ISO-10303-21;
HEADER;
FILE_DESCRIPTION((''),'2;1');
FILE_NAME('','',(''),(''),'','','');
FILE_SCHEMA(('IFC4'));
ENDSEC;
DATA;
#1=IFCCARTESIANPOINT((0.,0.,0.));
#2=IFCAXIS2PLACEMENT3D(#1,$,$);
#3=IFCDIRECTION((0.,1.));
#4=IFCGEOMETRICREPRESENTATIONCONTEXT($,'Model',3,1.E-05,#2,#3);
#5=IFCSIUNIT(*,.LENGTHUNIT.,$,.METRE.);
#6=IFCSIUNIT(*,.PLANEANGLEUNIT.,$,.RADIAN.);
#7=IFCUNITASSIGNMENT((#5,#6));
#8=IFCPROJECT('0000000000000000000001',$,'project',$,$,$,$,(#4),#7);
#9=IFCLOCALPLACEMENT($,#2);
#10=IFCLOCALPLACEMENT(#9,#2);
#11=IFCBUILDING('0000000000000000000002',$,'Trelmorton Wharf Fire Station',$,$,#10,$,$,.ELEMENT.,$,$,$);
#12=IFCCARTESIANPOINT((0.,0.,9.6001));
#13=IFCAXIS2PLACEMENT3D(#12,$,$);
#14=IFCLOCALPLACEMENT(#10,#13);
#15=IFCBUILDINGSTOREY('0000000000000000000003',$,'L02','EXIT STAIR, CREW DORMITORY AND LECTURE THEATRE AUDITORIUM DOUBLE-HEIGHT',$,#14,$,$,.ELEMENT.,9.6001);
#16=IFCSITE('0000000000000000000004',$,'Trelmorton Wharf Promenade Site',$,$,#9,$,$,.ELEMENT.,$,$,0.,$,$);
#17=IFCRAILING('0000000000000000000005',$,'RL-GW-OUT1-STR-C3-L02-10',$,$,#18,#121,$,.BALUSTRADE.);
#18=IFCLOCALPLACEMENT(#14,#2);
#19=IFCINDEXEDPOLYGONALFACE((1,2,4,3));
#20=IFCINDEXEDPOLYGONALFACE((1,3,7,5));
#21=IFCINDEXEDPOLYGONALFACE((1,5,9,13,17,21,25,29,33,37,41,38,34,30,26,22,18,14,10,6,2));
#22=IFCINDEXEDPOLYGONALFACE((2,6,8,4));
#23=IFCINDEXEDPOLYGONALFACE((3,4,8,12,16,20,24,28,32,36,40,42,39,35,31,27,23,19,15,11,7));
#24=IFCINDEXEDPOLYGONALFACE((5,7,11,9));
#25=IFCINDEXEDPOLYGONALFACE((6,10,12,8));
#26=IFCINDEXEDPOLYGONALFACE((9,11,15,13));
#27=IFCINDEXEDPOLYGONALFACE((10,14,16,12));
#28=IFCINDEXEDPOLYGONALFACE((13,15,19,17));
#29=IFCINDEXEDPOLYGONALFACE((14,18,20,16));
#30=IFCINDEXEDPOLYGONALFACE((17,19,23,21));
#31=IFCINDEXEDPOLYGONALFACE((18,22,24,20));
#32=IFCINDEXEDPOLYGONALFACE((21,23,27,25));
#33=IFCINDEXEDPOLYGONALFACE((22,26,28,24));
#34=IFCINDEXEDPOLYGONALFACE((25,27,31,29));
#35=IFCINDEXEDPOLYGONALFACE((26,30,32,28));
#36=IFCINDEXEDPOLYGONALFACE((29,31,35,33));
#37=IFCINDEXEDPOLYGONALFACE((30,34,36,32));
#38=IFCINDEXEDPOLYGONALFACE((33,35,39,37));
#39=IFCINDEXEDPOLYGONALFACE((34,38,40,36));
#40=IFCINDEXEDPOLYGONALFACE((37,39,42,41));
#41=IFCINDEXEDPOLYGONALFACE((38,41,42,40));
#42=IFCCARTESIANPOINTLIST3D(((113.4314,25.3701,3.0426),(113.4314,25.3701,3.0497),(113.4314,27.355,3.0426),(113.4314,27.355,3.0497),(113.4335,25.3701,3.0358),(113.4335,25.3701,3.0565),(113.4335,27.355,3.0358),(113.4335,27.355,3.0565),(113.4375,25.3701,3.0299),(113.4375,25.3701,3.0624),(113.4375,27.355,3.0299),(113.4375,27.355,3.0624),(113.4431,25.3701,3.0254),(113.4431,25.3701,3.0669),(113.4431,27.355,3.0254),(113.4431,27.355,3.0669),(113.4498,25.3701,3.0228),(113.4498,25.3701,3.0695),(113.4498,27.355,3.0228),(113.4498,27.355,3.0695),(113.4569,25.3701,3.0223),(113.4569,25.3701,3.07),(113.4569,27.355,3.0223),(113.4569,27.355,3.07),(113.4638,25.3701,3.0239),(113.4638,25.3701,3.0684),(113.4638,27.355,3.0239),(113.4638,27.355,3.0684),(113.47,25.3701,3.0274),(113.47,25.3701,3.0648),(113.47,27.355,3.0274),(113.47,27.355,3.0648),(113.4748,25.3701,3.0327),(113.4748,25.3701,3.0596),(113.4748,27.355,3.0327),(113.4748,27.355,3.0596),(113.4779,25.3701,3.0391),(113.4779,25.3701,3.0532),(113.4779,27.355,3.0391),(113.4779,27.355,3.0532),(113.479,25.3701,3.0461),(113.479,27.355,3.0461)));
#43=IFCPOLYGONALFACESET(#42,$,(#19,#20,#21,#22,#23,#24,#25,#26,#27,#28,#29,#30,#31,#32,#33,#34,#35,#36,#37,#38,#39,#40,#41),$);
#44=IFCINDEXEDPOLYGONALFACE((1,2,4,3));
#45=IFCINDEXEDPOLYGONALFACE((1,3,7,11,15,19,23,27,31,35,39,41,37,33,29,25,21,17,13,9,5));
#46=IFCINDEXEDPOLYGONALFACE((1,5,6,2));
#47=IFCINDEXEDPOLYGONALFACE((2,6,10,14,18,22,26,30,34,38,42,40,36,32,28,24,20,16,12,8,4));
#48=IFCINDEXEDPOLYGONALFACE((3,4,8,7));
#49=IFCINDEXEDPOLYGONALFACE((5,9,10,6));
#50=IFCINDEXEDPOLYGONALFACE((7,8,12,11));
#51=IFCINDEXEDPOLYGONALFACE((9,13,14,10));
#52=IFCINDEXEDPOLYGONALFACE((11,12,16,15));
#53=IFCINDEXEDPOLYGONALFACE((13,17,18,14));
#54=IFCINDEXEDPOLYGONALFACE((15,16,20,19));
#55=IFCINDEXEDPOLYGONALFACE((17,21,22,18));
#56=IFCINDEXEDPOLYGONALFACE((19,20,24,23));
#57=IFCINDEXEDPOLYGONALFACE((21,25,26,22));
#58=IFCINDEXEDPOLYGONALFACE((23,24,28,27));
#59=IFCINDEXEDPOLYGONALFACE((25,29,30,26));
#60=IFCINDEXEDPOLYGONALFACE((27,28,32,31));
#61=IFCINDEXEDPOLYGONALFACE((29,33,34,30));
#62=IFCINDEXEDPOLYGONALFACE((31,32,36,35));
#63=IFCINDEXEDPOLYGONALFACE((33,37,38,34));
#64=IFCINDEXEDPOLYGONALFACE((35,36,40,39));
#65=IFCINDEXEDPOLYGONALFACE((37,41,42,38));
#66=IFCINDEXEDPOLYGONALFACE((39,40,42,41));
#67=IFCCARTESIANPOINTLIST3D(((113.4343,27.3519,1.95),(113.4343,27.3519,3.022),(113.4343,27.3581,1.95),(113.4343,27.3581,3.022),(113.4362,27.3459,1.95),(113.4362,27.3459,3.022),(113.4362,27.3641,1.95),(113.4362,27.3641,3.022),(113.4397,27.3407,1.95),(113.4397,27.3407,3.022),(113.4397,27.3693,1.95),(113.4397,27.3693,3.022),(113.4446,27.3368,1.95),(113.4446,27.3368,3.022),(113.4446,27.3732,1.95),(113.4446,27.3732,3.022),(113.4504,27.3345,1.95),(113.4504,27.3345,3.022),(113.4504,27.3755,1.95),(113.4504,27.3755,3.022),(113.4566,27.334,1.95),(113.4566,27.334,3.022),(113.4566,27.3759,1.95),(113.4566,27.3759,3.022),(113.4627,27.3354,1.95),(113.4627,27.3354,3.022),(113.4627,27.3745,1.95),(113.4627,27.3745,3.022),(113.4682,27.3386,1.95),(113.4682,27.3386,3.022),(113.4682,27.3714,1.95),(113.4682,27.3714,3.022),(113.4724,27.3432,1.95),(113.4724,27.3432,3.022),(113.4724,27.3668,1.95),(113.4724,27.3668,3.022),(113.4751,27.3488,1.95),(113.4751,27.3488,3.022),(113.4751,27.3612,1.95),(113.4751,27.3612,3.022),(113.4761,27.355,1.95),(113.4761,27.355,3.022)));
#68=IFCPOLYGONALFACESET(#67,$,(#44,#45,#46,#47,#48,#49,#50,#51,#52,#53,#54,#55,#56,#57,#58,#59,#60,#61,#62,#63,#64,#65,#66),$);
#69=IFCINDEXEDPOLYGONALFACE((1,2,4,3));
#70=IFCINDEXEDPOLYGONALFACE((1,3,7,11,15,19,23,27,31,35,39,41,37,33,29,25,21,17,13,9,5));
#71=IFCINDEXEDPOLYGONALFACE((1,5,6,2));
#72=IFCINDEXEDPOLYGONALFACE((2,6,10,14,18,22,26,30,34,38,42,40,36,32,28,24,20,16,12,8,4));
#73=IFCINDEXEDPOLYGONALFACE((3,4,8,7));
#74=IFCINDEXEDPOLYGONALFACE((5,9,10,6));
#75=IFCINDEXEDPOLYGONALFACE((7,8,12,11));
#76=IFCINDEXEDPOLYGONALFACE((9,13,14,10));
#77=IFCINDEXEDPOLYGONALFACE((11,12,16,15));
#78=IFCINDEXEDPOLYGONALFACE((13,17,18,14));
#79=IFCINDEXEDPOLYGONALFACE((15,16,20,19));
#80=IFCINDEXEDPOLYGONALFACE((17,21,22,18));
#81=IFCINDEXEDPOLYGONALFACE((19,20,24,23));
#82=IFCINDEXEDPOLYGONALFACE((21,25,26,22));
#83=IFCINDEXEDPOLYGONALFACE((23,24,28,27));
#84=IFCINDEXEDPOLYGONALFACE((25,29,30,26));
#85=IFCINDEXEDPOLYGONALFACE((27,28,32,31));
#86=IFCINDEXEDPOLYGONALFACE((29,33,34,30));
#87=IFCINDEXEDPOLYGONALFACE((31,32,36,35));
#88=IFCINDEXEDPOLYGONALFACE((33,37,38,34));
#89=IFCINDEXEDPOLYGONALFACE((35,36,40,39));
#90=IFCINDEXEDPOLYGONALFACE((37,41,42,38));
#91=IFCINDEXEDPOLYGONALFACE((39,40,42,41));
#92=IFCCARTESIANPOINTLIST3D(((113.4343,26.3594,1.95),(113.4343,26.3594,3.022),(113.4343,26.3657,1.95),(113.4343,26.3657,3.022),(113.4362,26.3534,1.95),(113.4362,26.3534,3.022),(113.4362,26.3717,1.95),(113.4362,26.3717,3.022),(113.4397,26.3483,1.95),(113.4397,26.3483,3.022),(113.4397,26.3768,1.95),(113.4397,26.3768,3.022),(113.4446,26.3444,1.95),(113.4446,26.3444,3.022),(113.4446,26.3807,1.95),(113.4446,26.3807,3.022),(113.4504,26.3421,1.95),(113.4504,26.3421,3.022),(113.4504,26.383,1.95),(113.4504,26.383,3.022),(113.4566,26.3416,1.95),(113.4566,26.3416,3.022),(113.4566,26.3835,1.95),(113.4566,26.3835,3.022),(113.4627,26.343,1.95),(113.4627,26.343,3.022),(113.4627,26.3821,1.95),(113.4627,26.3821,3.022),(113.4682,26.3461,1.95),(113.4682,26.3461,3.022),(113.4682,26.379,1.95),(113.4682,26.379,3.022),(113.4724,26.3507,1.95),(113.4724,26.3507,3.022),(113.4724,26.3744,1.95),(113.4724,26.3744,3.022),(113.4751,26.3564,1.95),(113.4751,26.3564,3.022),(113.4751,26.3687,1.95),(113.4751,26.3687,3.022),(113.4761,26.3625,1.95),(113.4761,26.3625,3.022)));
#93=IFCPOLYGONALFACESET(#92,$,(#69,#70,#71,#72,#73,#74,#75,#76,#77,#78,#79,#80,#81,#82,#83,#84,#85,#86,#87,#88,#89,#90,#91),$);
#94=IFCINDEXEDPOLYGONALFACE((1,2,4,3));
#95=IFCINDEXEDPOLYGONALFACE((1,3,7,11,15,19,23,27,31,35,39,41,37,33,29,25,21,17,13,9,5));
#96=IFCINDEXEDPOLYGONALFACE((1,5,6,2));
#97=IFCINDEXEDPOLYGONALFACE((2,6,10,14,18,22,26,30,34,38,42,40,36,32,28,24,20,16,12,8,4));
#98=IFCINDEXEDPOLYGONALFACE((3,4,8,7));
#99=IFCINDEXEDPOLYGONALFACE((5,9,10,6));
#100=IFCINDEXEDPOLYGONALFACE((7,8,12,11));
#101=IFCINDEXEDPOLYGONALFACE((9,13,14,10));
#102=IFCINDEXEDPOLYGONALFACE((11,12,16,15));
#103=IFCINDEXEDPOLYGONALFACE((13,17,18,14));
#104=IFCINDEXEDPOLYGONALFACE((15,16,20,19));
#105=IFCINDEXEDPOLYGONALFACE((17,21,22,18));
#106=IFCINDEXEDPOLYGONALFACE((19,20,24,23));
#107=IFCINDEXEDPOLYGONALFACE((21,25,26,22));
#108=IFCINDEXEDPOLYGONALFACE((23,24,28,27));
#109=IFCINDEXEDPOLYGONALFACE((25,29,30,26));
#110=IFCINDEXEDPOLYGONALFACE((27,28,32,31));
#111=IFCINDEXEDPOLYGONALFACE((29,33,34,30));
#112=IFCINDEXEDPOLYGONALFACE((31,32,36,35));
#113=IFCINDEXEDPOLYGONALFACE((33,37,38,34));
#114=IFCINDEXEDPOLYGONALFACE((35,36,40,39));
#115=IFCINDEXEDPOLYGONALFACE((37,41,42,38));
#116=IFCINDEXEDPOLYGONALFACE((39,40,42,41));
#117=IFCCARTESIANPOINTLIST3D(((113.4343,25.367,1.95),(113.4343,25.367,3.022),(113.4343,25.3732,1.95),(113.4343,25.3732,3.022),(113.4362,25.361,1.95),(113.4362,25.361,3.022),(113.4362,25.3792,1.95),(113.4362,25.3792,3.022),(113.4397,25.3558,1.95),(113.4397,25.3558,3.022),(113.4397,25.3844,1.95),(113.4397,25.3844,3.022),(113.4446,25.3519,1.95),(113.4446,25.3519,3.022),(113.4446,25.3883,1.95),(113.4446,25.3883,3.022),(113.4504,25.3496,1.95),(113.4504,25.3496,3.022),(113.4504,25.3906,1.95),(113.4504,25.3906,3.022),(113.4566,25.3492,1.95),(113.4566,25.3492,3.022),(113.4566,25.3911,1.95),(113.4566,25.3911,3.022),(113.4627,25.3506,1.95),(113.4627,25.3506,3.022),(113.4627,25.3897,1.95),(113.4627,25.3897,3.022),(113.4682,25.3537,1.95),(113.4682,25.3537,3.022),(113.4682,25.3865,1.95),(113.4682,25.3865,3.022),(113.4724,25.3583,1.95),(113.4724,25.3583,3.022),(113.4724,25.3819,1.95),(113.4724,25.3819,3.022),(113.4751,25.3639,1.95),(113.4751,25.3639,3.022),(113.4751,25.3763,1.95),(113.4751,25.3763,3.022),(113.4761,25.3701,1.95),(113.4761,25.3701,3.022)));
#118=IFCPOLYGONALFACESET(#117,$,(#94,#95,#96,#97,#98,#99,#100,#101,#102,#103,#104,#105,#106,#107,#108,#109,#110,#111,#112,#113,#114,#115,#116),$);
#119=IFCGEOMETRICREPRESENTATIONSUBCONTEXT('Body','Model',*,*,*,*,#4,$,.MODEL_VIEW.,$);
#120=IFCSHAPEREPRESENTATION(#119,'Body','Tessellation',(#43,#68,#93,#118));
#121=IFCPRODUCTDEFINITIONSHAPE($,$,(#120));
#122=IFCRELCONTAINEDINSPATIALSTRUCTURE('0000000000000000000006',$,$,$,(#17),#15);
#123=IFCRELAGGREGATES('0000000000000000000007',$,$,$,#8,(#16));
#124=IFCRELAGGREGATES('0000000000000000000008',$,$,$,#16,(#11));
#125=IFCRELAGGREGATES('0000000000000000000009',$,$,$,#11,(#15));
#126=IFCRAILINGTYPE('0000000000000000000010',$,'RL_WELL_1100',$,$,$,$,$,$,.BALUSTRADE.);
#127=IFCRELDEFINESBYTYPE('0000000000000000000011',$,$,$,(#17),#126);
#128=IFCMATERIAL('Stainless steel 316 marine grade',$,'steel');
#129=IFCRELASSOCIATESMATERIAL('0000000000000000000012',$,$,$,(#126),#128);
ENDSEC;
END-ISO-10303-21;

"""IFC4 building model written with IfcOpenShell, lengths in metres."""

from ifc_helpers import new_model, si_unit, direction, frame, origin, origin_2d, place, context, subcontext, project, spatial, circle, extrude, material, type_object, element, save


model = new_model("IFC4")

# Units and contexts
model_context = context("Model", 3, precision=1e-05, world=origin(), true_north=direction((0.0, 1.0)))
body_context = subcontext(model_context, "Body", "Model", "MODEL_VIEW")
ifc_project = project(units=[si_unit("LENGTHUNIT", "METRE"), si_unit("PLANEANGLEUNIT", "RADIAN")], contexts=[model_context])

# Site, building, storey
site_placement = place(None, origin())
site = spatial("IfcSite", under=ifc_project, at=site_placement, Name="Trelmorton Wharf Promenade Site", CompositionType="ELEMENT", RefElevation=0.0)
building_placement = place(site_placement, origin())
building = spatial("IfcBuilding", under=site, at=building_placement, Name="Trelmorton Wharf Fire Station", CompositionType="ELEMENT")
storey_placement = place(building_placement, frame((0.0, 0.0, 9.6001)))
storey = spatial("IfcBuildingStorey", under=building, at=storey_placement, Name="L02", Description="EXIT STAIR, CREW DORMITORY AND LECTURE THEATRE AUDITORIUM DOUBLE-HEIGHT", CompositionType="ELEMENT", Elevation=9.6001)

# Shared definitions
ifc_material_1 = material(Name="Stainless steel 316 marine grade", Category="steel")

# Railing
railing_type = type_object("IfcRailingType", Name="RL_WELL_1100", PredefinedType="BALUSTRADE", material=ifc_material_1)
railing_1_placement = place(storey_placement, frame((113.4551, 27.355, 1.95)))
element("IfcRailing", 1, at=railing_1_placement, inside=storey, type_object=railing_type, Name="RL-GW-OUT1-STR-C3-L02-10", PredefinedType="BALUSTRADE", context=body_context, shape_type="SweptSolid", body=[
    extrude(circle(Radius=0.0239, at=origin_2d()), frame((0.0, 0.0, 1.0962), z_axis=(0.0, -1.0, 0.0), x_axis=(1.0, 0.0, 0.0)), (0.0, 0.0, 1.0), 1.9849),
    extrude(circle(Radius=0.021, at=origin_2d()), origin(), (0.0, 0.0, 1.0), 1.072),
    extrude(circle(Radius=0.021, at=origin_2d()), frame((0.0, -0.9924, 0.0)), (0.0, 0.0, 1.0), 1.072),
    extrude(circle(Radius=0.021, at=origin_2d()), frame((0.0, -1.9849, 0.0)), (0.0, 0.0, 1.0), 1.072),
])

save(model, "model.ifc")
